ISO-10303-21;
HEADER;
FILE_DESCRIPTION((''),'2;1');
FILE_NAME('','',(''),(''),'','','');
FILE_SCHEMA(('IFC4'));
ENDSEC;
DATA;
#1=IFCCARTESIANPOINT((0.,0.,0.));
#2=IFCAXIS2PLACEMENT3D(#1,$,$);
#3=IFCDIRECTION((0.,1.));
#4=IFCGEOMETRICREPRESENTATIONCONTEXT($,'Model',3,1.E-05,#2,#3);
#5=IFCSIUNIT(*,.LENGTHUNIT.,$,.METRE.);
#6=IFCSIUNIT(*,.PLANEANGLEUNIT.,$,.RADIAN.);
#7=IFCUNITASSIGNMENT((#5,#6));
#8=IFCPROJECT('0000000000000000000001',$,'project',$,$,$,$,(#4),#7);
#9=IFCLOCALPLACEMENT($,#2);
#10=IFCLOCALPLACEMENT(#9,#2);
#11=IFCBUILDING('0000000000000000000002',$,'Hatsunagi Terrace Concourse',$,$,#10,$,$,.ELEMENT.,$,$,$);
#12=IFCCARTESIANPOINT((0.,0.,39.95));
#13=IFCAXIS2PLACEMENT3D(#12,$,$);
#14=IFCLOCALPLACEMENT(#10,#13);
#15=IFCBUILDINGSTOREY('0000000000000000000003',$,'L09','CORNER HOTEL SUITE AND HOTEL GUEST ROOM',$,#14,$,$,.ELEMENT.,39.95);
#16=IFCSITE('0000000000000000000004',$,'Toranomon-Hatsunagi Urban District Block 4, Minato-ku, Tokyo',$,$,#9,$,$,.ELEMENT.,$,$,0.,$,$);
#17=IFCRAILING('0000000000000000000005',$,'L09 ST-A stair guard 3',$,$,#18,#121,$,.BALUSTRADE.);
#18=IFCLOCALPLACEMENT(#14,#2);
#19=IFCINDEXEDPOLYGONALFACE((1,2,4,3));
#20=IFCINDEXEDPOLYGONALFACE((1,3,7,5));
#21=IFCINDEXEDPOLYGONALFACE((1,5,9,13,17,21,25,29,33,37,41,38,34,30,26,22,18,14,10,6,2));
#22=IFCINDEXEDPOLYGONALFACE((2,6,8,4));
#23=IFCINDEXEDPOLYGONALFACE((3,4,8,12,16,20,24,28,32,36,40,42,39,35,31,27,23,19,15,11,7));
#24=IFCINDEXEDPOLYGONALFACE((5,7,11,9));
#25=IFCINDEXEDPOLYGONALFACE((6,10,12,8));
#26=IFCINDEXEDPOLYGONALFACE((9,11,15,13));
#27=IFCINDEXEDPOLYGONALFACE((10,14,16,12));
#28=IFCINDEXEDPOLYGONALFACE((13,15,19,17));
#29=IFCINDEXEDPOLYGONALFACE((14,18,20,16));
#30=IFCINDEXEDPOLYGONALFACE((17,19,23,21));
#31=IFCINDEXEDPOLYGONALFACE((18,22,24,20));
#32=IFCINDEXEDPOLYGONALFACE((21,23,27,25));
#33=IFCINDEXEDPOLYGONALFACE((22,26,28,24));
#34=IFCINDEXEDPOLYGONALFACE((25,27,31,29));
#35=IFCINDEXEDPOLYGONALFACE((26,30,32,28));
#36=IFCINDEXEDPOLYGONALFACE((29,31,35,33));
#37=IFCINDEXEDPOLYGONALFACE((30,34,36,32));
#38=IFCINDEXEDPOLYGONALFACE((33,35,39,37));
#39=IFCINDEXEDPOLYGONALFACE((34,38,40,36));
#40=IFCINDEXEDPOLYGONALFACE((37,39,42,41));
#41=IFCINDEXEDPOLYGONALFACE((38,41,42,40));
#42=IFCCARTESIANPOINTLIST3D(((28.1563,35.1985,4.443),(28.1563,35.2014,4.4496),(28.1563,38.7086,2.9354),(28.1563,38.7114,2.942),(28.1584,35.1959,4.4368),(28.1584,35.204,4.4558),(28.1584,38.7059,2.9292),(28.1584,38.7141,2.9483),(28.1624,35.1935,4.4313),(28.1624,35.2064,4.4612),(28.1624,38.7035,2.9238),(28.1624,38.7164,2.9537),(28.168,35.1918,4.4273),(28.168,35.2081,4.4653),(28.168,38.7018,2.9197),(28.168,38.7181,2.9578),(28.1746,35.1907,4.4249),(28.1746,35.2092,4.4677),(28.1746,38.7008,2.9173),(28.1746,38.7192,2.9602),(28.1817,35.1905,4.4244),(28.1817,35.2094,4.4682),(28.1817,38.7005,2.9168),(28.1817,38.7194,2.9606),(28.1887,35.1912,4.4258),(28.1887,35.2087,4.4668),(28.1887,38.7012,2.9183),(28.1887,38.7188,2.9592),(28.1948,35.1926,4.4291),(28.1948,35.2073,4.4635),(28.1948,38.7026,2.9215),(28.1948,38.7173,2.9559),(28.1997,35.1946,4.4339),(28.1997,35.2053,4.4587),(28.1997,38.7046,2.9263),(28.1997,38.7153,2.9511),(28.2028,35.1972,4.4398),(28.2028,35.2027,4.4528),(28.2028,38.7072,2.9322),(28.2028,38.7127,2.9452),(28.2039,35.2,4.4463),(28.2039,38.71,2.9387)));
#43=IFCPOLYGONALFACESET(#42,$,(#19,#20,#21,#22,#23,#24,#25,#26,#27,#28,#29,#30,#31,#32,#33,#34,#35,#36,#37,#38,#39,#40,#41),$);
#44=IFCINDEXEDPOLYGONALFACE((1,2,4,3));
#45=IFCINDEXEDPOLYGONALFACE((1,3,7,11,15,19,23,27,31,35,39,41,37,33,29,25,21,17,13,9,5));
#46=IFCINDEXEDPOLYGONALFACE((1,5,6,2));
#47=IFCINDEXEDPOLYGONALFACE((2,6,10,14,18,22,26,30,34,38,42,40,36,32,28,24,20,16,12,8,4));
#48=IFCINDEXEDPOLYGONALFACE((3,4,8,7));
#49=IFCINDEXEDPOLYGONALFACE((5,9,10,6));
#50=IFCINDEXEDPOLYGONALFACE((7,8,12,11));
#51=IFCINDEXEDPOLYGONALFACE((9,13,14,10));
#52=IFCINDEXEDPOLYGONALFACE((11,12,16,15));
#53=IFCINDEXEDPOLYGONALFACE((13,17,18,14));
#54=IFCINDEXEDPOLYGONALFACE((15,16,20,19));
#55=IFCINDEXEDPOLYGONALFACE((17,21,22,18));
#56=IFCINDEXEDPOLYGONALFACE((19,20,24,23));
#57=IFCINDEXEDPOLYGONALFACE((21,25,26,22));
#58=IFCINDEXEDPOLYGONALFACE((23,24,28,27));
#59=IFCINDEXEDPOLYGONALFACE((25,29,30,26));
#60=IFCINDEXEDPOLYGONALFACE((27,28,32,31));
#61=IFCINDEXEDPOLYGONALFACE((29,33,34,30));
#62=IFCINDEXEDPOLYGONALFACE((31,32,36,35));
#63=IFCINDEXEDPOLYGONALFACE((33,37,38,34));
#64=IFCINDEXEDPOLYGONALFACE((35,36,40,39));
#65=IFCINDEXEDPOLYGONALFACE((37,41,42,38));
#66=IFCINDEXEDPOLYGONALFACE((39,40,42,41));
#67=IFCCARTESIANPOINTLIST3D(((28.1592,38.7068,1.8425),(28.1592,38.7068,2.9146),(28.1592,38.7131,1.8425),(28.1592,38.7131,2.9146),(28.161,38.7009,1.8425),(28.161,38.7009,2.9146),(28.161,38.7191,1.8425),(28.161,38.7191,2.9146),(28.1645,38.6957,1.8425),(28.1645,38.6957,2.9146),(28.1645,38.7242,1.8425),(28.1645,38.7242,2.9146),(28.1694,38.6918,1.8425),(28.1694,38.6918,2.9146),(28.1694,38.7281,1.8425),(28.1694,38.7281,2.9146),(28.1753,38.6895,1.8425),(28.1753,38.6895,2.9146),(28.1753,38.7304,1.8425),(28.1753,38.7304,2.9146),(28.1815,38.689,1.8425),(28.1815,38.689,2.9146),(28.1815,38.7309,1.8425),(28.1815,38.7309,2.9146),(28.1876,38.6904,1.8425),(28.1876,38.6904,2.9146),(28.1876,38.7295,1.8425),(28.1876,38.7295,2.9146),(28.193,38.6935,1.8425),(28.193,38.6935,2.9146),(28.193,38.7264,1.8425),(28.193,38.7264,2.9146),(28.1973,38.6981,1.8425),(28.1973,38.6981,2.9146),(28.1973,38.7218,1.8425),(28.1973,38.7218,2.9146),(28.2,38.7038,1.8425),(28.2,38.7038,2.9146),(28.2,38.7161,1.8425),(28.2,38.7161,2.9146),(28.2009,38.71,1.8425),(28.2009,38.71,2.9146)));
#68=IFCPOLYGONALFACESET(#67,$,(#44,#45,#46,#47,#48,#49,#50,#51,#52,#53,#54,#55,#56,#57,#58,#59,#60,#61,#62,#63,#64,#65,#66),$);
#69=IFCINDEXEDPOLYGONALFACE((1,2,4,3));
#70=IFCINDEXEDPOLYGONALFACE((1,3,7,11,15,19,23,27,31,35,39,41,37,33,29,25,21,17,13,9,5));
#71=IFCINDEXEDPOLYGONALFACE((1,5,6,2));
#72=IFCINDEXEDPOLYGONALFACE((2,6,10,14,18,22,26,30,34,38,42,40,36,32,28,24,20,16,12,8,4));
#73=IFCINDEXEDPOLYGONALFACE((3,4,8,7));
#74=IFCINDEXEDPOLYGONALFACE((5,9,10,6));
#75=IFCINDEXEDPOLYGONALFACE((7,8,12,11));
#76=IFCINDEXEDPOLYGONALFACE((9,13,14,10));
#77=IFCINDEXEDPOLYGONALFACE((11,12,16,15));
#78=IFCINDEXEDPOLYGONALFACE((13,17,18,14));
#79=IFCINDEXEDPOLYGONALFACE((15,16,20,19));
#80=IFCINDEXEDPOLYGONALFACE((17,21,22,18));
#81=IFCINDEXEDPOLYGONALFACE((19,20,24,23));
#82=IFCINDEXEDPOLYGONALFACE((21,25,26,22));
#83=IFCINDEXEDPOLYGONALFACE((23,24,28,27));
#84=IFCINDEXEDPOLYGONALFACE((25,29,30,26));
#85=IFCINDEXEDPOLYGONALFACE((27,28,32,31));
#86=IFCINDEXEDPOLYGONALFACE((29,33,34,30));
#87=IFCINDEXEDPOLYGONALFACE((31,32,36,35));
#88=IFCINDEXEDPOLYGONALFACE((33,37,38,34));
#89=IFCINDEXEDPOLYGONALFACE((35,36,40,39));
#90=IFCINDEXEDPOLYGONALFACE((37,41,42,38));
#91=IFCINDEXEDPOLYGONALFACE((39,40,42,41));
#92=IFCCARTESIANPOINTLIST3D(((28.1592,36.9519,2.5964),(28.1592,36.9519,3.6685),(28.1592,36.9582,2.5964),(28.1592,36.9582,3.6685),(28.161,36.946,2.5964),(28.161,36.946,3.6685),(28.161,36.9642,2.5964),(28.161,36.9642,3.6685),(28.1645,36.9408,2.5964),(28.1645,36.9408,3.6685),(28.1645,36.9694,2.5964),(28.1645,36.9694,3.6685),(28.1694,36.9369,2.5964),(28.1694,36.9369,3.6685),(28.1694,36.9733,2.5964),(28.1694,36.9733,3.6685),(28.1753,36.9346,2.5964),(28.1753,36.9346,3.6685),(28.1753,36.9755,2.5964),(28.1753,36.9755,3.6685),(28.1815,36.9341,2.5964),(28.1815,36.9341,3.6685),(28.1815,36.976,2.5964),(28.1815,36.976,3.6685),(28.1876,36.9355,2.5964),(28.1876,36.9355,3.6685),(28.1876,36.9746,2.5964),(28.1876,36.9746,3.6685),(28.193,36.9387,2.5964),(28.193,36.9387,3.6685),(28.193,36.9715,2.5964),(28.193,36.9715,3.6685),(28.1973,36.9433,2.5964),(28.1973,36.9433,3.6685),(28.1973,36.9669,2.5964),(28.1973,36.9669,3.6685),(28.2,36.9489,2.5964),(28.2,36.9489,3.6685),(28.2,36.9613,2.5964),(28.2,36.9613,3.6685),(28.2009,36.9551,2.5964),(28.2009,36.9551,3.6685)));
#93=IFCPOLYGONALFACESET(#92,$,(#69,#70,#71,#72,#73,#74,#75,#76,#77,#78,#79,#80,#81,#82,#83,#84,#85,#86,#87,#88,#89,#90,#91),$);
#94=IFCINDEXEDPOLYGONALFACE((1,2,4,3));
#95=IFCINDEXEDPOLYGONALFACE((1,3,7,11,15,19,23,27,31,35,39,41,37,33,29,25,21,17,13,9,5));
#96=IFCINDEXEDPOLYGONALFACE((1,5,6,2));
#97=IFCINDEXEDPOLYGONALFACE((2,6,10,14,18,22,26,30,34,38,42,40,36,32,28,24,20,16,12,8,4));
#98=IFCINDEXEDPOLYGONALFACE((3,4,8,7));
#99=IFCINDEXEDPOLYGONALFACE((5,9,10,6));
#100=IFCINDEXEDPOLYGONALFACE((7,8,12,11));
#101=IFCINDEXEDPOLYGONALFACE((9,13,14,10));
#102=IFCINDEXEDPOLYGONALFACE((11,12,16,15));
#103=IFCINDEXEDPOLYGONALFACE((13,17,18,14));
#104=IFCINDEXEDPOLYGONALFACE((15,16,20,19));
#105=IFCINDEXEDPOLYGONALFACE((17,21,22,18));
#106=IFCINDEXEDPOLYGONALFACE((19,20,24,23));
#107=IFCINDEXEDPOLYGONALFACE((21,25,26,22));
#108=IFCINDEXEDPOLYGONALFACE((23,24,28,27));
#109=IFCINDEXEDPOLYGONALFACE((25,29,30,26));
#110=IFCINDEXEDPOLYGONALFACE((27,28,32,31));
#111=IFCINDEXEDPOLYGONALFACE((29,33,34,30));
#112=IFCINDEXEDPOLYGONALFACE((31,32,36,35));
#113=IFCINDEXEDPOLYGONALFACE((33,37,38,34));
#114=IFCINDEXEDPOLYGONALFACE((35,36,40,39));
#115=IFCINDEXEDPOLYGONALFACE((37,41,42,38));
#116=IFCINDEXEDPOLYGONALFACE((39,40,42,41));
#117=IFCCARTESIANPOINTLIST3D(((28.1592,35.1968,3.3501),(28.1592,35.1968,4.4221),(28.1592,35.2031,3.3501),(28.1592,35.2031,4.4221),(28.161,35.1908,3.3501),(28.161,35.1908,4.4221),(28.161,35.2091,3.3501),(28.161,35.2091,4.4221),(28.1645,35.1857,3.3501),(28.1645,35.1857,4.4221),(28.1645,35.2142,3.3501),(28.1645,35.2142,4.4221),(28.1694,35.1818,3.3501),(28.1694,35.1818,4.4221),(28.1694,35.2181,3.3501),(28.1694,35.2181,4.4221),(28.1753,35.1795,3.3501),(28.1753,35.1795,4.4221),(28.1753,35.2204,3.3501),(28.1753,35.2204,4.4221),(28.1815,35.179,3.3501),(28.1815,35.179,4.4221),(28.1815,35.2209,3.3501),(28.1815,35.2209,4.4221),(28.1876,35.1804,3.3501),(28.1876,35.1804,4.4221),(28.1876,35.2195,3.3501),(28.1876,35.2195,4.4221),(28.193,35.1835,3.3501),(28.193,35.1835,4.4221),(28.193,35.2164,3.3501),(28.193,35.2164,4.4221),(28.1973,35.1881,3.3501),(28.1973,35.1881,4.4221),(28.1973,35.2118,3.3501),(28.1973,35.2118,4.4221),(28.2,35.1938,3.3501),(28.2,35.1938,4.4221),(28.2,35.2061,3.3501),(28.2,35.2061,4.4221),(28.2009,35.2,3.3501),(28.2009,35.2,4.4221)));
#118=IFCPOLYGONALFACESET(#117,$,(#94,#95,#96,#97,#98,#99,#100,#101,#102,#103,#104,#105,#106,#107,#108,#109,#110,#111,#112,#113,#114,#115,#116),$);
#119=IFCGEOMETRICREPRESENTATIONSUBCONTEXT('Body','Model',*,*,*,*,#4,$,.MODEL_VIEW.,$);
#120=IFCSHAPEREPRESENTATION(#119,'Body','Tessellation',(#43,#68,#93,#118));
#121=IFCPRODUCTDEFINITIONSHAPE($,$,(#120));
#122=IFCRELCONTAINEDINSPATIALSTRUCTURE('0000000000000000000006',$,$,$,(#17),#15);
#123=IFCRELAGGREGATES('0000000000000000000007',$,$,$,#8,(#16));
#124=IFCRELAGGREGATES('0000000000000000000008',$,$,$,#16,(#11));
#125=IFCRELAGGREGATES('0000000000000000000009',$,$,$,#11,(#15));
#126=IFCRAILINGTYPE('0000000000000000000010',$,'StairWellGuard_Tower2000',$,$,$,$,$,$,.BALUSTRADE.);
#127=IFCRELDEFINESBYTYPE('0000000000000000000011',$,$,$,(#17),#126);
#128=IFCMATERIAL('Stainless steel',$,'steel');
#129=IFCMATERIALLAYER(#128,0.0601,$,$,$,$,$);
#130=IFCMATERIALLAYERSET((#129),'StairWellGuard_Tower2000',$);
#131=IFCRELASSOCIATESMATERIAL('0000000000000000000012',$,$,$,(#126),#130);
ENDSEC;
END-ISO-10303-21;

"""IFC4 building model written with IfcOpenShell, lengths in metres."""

from ifc_helpers import new_model, si_unit, direction, frame, origin, origin_2d, place, context, subcontext, project, spatial, circle, extrude, material, layer, layer_set, type_object, element, save


model = new_model("IFC4")

# Units and contexts
model_context = context("Model", 3, precision=1e-05, world=origin(), true_north=direction((0.0, 1.0)))
body_context = subcontext(model_context, "Body", "Model", "MODEL_VIEW")
ifc_project = project(units=[si_unit("LENGTHUNIT", "METRE"), si_unit("PLANEANGLEUNIT", "RADIAN")], contexts=[model_context])

# Site, building, storey
site_placement = place(None, origin())
site = spatial("IfcSite", under=ifc_project, at=site_placement, Name="Toranomon-Hatsunagi Urban District Block 4, Minato-ku, Tokyo", CompositionType="ELEMENT", RefElevation=0.0)
building_placement = place(site_placement, origin())
building = spatial("IfcBuilding", under=site, at=building_placement, Name="Hatsunagi Terrace Concourse", CompositionType="ELEMENT")
storey_placement = place(building_placement, frame((0.0, 0.0, 39.95)))
storey = spatial("IfcBuildingStorey", under=building, at=storey_placement, Name="L09", Description="CORNER HOTEL SUITE AND HOTEL GUEST ROOM", CompositionType="ELEMENT", Elevation=39.95)

# Railing
ifc_material_1 = material(Name="Stainless steel", Category="steel")
ifc_layer_1 = layer(ifc_material_1, 0.0601)
ifc_layer_set_1 = layer_set([ifc_layer_1], Name="StairWellGuard_Tower2000")
railing_type_1 = type_object("IfcRailingType", Name="StairWellGuard_Tower2000", PredefinedType="BALUSTRADE", material=ifc_layer_set_1)
railing_1_placement = place(storey_placement, frame((28.1799, 38.71, 1.8425)))
element("IfcRailing", 1, at=railing_1_placement, inside=storey, type_object=railing_type_1, Name="L09 ST-A stair guard 3", PredefinedType="BALUSTRADE", context=body_context, shape_type="SweptSolid", body=[
    extrude(circle(Radius=0.0239, at=origin_2d()), frame((0.0, 0.0, 1.0962), z_axis=(0.0, -0.918834, 0.394644), x_axis=(1.0, 0.0, 0.0)), (0.0, 0.0, 1.0), 3.8201),
    extrude(circle(Radius=0.021, at=origin_2d()), origin(), (0.0, 0.0, 1.0), 1.072),
    extrude(circle(Radius=0.021, at=origin_2d()), frame((0.0, -1.7549, 0.7539)), (0.0, 0.0, 1.0), 1.072),
    extrude(circle(Radius=0.021, at=origin_2d()), frame((0.0, -3.51, 1.5076)), (0.0, 0.0, 1.0), 1.072),
])

save(model, "model.ifc")
